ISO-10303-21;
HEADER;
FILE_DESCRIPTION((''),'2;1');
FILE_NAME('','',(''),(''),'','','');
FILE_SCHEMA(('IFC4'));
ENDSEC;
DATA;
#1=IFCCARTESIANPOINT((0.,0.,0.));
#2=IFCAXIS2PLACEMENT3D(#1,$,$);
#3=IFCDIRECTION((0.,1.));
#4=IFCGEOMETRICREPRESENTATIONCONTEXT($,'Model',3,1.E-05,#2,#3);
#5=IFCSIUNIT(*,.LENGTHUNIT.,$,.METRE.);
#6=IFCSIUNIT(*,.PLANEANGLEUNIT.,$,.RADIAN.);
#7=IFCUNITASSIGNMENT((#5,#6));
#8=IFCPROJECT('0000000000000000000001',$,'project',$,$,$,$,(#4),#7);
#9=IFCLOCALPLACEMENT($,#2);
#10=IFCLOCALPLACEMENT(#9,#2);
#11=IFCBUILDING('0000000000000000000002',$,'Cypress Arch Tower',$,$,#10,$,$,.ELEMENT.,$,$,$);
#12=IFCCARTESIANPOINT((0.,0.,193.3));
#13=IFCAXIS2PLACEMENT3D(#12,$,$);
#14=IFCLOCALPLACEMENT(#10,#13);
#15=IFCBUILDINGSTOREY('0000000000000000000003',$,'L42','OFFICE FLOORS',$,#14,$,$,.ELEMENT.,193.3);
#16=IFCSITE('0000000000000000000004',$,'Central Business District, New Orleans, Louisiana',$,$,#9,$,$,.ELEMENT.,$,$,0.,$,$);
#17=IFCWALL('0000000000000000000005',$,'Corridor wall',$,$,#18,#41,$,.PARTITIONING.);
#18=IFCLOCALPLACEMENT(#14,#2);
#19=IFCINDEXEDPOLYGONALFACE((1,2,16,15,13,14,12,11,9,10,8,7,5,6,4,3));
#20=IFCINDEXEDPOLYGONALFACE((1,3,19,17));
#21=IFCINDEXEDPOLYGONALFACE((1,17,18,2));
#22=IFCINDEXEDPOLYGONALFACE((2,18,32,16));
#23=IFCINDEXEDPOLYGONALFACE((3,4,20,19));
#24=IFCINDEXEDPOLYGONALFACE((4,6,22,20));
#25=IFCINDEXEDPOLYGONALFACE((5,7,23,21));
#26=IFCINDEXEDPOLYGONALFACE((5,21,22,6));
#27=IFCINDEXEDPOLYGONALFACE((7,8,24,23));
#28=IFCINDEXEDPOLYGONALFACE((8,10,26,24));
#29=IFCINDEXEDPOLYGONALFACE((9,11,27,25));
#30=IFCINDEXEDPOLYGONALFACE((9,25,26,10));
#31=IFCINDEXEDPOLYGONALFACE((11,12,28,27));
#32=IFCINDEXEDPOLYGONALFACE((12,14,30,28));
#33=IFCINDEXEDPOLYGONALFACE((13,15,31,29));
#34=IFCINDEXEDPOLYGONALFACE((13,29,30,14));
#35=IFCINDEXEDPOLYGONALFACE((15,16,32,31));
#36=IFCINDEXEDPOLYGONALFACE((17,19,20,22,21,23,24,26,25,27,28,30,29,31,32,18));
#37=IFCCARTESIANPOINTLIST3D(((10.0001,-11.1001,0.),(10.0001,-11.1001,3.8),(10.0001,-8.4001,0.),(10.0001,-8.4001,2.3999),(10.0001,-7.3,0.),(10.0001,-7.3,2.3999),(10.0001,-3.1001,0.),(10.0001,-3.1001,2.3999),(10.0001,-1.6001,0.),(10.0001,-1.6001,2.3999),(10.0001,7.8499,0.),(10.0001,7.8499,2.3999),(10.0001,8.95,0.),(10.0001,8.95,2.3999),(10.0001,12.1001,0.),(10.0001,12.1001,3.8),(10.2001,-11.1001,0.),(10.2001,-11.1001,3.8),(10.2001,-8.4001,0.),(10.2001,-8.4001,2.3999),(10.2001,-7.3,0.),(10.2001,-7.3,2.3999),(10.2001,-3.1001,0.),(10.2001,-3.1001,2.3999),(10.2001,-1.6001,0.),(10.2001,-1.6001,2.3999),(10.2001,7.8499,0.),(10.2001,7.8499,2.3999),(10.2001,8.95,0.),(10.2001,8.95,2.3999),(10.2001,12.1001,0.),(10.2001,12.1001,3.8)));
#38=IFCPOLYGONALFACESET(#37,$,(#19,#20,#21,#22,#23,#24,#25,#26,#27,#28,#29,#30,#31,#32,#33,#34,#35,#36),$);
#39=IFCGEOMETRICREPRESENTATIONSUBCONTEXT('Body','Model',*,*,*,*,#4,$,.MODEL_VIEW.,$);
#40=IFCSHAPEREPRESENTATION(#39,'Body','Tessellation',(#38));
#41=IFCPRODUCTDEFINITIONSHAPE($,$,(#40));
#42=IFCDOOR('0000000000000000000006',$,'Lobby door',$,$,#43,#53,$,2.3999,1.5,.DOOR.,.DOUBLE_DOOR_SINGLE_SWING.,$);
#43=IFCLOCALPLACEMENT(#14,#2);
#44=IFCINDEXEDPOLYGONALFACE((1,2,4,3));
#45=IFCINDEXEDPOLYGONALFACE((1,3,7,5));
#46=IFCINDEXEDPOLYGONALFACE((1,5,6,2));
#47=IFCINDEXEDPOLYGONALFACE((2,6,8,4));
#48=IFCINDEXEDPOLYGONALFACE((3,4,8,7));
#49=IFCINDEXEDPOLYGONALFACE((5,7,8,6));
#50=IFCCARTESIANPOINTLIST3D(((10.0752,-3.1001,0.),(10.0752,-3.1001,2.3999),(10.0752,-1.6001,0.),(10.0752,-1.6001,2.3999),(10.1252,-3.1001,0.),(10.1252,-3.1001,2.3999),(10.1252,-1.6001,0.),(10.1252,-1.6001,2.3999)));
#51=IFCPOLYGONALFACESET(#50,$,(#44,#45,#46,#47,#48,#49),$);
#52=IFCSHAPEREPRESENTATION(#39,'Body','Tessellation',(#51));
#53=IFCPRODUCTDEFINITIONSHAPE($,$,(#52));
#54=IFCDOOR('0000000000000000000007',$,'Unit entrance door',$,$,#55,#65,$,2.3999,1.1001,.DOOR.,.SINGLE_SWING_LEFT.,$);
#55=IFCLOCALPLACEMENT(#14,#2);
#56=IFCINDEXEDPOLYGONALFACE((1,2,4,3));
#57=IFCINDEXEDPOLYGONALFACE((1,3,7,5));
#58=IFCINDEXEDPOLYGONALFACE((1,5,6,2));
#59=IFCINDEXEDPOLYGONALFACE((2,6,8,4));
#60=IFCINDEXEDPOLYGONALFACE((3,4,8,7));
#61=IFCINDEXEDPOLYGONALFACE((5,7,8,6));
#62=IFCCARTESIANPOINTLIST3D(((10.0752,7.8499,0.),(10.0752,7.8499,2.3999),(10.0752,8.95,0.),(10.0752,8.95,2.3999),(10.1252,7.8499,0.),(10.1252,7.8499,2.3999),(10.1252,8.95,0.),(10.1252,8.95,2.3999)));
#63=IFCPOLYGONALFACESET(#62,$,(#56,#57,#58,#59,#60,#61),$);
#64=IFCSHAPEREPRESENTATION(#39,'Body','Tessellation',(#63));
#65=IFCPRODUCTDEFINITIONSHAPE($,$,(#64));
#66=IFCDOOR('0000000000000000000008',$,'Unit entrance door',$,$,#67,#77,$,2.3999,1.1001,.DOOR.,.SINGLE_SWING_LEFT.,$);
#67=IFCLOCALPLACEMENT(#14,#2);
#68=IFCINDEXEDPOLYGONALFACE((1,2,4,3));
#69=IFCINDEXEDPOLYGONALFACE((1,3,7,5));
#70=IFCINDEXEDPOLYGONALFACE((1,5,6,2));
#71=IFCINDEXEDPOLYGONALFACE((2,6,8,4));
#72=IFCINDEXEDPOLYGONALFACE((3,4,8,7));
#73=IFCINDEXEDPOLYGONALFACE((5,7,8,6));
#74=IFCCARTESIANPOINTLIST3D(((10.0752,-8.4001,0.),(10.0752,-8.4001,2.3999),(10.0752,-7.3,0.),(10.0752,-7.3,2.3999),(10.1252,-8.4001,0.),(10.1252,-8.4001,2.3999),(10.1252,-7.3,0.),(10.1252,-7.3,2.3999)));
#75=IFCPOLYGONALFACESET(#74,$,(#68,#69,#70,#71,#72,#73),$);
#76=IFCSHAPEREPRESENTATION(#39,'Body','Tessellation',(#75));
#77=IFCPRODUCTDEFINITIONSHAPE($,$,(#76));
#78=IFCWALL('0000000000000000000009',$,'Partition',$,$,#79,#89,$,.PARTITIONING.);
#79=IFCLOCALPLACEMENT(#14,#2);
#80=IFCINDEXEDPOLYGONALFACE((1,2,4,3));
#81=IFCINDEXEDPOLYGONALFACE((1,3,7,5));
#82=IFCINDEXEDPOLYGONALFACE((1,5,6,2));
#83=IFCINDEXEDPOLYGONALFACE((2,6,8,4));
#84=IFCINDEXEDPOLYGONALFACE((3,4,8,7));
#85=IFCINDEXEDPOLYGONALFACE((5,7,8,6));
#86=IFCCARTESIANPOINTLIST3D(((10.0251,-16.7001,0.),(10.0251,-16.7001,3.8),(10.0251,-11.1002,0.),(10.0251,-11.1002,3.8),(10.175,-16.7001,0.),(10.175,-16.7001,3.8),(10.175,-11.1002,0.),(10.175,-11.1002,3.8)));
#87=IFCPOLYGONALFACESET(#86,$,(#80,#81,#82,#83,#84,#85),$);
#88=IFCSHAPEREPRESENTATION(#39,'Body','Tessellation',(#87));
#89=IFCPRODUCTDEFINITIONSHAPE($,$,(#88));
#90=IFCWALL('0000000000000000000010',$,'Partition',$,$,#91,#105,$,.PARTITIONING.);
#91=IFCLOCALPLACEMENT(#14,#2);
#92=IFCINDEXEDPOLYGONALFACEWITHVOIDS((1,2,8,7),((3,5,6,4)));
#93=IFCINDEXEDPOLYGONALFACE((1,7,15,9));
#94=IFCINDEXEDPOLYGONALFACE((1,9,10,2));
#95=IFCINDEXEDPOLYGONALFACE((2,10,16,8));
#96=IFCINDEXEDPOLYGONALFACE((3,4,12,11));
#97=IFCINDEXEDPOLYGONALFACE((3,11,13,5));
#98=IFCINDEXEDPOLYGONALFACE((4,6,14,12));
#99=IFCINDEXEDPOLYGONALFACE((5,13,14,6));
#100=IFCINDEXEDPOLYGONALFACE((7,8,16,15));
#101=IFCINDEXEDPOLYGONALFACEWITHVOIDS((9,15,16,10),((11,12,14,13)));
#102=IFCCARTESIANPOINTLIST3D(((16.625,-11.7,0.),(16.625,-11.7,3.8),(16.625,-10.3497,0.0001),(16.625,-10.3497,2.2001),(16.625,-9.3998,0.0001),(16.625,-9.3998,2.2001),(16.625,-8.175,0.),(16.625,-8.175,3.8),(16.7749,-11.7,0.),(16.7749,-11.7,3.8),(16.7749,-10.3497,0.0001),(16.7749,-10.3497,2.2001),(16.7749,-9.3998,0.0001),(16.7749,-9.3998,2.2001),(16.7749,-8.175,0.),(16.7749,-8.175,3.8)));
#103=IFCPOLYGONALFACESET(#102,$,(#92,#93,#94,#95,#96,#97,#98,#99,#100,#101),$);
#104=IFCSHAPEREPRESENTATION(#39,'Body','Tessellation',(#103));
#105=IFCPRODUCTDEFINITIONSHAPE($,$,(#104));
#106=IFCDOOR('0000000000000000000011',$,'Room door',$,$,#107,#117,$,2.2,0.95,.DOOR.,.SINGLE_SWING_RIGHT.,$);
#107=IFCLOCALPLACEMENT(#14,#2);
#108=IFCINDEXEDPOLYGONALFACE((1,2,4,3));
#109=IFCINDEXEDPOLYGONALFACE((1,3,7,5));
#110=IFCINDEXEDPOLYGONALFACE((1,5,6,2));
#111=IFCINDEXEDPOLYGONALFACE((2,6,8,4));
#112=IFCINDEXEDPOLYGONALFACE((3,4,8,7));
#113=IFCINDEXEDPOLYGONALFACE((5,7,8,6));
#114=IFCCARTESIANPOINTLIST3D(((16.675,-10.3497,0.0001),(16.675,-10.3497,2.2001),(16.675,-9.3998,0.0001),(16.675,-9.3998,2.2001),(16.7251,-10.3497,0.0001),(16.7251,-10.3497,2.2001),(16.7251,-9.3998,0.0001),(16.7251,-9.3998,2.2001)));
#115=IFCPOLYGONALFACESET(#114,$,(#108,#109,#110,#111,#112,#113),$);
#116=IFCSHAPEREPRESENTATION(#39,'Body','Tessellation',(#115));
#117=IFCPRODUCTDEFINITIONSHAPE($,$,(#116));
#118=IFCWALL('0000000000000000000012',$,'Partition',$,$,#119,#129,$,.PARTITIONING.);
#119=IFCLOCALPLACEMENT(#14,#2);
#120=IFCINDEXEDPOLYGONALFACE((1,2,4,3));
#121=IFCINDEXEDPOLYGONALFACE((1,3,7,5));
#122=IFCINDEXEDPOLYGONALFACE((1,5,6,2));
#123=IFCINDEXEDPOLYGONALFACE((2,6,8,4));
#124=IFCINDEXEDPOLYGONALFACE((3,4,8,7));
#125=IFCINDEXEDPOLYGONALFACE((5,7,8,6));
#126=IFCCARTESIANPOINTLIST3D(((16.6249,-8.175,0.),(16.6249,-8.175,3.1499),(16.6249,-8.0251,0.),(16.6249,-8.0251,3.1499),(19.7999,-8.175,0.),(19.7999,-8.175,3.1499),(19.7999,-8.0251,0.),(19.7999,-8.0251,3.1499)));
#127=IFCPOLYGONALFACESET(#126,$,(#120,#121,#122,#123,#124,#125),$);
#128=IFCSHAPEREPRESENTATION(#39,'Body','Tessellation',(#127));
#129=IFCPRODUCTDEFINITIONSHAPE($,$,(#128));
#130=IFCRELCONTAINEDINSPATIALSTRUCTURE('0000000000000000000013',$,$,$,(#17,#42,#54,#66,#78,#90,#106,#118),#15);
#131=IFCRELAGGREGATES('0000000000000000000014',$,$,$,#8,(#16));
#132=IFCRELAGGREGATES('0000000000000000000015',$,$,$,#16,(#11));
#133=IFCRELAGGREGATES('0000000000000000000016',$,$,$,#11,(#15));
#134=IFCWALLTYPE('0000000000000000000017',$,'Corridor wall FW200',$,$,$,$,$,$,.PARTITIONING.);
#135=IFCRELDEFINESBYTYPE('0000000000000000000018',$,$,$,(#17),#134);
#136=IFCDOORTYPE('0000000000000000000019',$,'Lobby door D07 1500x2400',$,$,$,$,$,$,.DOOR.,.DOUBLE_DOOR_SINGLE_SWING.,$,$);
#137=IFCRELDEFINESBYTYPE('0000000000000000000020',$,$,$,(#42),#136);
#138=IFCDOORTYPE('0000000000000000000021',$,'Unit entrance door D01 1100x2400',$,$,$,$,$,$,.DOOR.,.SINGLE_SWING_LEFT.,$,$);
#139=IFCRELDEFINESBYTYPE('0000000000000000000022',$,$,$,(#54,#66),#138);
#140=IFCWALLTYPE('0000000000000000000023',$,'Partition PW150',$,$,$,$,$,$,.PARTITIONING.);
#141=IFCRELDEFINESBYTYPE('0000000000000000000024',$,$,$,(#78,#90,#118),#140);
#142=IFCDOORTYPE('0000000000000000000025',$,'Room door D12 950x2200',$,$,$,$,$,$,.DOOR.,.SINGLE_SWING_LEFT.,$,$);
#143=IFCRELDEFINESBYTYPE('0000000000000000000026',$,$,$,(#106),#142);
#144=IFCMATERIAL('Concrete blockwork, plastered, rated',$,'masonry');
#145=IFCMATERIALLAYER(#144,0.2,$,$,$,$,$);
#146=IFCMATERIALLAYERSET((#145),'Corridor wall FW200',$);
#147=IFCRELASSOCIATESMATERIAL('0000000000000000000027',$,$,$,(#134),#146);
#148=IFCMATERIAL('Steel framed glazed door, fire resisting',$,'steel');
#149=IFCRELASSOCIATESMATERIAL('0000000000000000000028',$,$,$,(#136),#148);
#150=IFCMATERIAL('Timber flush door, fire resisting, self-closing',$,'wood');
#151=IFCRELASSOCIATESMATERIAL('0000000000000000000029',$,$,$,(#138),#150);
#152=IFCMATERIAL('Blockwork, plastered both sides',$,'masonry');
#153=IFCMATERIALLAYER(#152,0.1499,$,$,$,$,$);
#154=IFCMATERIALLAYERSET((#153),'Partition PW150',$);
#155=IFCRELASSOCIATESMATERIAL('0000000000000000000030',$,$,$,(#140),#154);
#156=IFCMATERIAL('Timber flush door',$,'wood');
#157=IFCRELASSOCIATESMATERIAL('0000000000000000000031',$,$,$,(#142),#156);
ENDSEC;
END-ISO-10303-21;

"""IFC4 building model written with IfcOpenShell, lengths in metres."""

from ifc_helpers import new_model, si_unit, direction, frame, frame_2d, origin, place, context, subcontext, project, spatial, rectangle, extrude, material, layer, layer_set, type_object, element, fill, save


model = new_model("IFC4")

# Units and contexts
model_context = context("Model", 3, precision=1e-05, world=origin(), true_north=direction((0.0, 1.0)))
body_context = subcontext(model_context, "Body", "Model", "MODEL_VIEW")
ifc_project = project(units=[si_unit("LENGTHUNIT", "METRE"), si_unit("PLANEANGLEUNIT", "RADIAN")], contexts=[model_context])

# Site, building, storey
site_placement = place(None, origin())
site = spatial("IfcSite", under=ifc_project, at=site_placement, Name="Central Business District, New Orleans, Louisiana", CompositionType="ELEMENT", RefElevation=0.0)
building_placement = place(site_placement, origin())
building = spatial("IfcBuilding", under=site, at=building_placement, Name="Cypress Arch Tower", CompositionType="ELEMENT")
storey_placement = place(building_placement, frame((0.0, 0.0, 193.3)))
storey = spatial("IfcBuildingStorey", under=building, at=storey_placement, Name="L42", Description="OFFICE FLOORS", CompositionType="ELEMENT", Elevation=193.3)

# Wall, openings, doors
ifc_material_1 = material(Name="Concrete blockwork, plastered, rated", Category="masonry")
ifc_layer_1 = layer(ifc_material_1, 0.2)
ifc_layer_set_1 = layer_set([ifc_layer_1], Name="Corridor wall FW200")
wall_type_1 = type_object("IfcWallType", Name="Corridor wall FW200", PredefinedType="PARTITIONING", material=ifc_layer_set_1)
wall_1_placement = place(storey_placement, frame((10.1001, -11.1001, 0.0), z_axis=(0.0, 0.0, 1.0), x_axis=(0.0, 1.0, 0.0)))
wall_1 = element("IfcWall", 1, at=wall_1_placement, inside=storey, type_object=wall_type_1, Name="Corridor wall", PredefinedType="PARTITIONING", context=body_context, shape_type="SweptSolid", body=[
    extrude(rectangle(XDim=23.2002, YDim=0.2, at=frame_2d((11.6001, 0.0))), origin(), (0.0, 0.0, 1.0), 3.8),
])
opening_1_placement = place(wall_1_placement, frame((8.0, 0.0, 0.0)))
opening_1 = element("IfcOpeningElement", 2, at=opening_1_placement, cuts=wall_1, PredefinedType="OPENING", context=body_context, shape_type="SweptSolid", body=[
    extrude(rectangle(XDim=1.5, YDim=2.3999, at=frame_2d((0.75, 1.2))), frame((0.0, 0.1099, 0.0), z_axis=(0.0, -1.0, 0.0), x_axis=(1.0, 0.0, 0.0)), (0.0, 0.0, 1.0), 0.22),
])
opening_2_placement = place(wall_1_placement, frame((18.95, 0.0, 0.0)))
opening_2 = element("IfcOpeningElement", 3, at=opening_2_placement, cuts=wall_1, PredefinedType="OPENING", context=body_context, shape_type="SweptSolid", body=[
    extrude(rectangle(XDim=1.1001, YDim=2.3999, at=frame_2d((0.55, 1.2))), frame((0.0, 0.1099, 0.0), z_axis=(0.0, -1.0, 0.0), x_axis=(1.0, 0.0, 0.0)), (0.0, 0.0, 1.0), 0.22),
])
opening_3_placement = place(wall_1_placement, frame((2.7, 0.0, 0.0)))
opening_3 = element("IfcOpeningElement", 4, at=opening_3_placement, cuts=wall_1, PredefinedType="OPENING", context=body_context, shape_type="SweptSolid", body=[
    extrude(rectangle(XDim=1.1001, YDim=2.3999, at=frame_2d((0.55, 1.2))), frame((0.0, 0.1099, 0.0), z_axis=(0.0, -1.0, 0.0), x_axis=(1.0, 0.0, 0.0)), (0.0, 0.0, 1.0), 0.22),
])
ifc_material_2 = material(Name="Steel framed glazed door, fire resisting", Category="steel")
door_type_1 = type_object("IfcDoorType", Name="Lobby door D07 1500x2400", OperationType="DOUBLE_DOOR_SINGLE_SWING", PredefinedType="DOOR", material=ifc_material_2)
door_1_placement = place(opening_1_placement, origin())
door_1 = element("IfcDoor", 5, at=door_1_placement, inside=storey, type_object=door_type_1, Name="Lobby door", OperationType="DOUBLE_DOOR_SINGLE_SWING", OverallHeight=2.3999, OverallWidth=1.5, PredefinedType="DOOR", context=body_context, shape_type="SweptSolid", body=[
    extrude(rectangle(XDim=1.5, YDim=2.3999, at=frame_2d((0.75, 1.2))), frame((0.0, 0.0249, 0.0), z_axis=(0.0, -1.0, 0.0), x_axis=(1.0, 0.0, 0.0)), (0.0, 0.0, 1.0), 0.05),
])
fill(opening_1, door_1)
ifc_material_3 = material(Name="Timber flush door, fire resisting, self-closing", Category="wood")
door_type_2 = type_object("IfcDoorType", Name="Unit entrance door D01 1100x2400", OperationType="SINGLE_SWING_LEFT", PredefinedType="DOOR", material=ifc_material_3)
door_2_placement = place(opening_2_placement, origin())
door_2 = element("IfcDoor", 6, at=door_2_placement, inside=storey, type_object=door_type_2, Name="Unit entrance door", OperationType="SINGLE_SWING_LEFT", OverallHeight=2.3999, OverallWidth=1.1001, PredefinedType="DOOR", context=body_context, shape_type="SweptSolid", body=[
    extrude(rectangle(XDim=1.1001, YDim=2.3999, at=frame_2d((0.55, 1.2))), frame((0.0, 0.0249, 0.0), z_axis=(0.0, -1.0, 0.0), x_axis=(1.0, 0.0, 0.0)), (0.0, 0.0, 1.0), 0.05),
])
fill(opening_2, door_2)
door_3_placement = place(opening_3_placement, origin())
door_3 = element("IfcDoor", 7, at=door_3_placement, inside=storey, type_object=door_type_2, Name="Unit entrance door", OperationType="SINGLE_SWING_LEFT", OverallHeight=2.3999, OverallWidth=1.1001, PredefinedType="DOOR", context=body_context, shape_type="SweptSolid", body=[
    extrude(rectangle(XDim=1.1001, YDim=2.3999, at=frame_2d((0.55, 1.2))), frame((0.0, 0.0249, 0.0), z_axis=(0.0, -1.0, 0.0), x_axis=(1.0, 0.0, 0.0)), (0.0, 0.0, 1.0), 0.05),
])
fill(opening_3, door_3)

# Wall
ifc_material_4 = material(Name="Blockwork, plastered both sides", Category="masonry")
ifc_layer_2 = layer(ifc_material_4, 0.1499)
ifc_layer_set_2 = layer_set([ifc_layer_2], Name="Partition PW150")
wall_type_2 = type_object("IfcWallType", Name="Partition PW150", PredefinedType="PARTITIONING", material=ifc_layer_set_2)
wall_2_placement = place(storey_placement, frame((10.1001, -16.7, 0.0), z_axis=(0.0, 0.0, 1.0), x_axis=(0.0, 1.0, 0.0)))
element("IfcWall", 8, at=wall_2_placement, inside=storey, type_object=wall_type_2, Name="Partition", PredefinedType="PARTITIONING", context=body_context, shape_type="SweptSolid", body=[
    extrude(rectangle(XDim=5.5999, YDim=0.1499, at=frame_2d((2.7998, 0.0))), origin(), (0.0, 0.0, 1.0), 3.8),
])

# Wall, opening, door
wall_3_placement = place(storey_placement, frame((16.7, -11.7, 0.0), z_axis=(0.0, 0.0, 1.0), x_axis=(0.0, 1.0, 0.0)))
wall_3 = element("IfcWall", 9, at=wall_3_placement, inside=storey, type_object=wall_type_2, Name="Partition", PredefinedType="PARTITIONING", context=body_context, shape_type="SweptSolid", body=[
    extrude(rectangle(XDim=3.5249, YDim=0.1499, at=frame_2d((1.7625, 0.0))), origin(), (0.0, 0.0, 1.0), 3.8),
])
opening_4_placement = place(wall_3_placement, frame((1.3501, 0.0, 0.0)))
opening_4 = element("IfcOpeningElement", 10, at=opening_4_placement, cuts=wall_3, PredefinedType="OPENING", context=body_context, shape_type="SweptSolid", body=[
    extrude(rectangle(XDim=0.95, YDim=2.2, at=frame_2d((0.4751, 1.1001))), frame((0.0, 0.085, 0.0), z_axis=(0.0, -1.0, 0.0), x_axis=(1.0, 0.0, 0.0)), (0.0, 0.0, 1.0), 0.1699),
])
ifc_material_5 = material(Name="Timber flush door", Category="wood")
door_type_3 = type_object("IfcDoorType", Name="Room door D12 950x2200", OperationType="SINGLE_SWING_LEFT", PredefinedType="DOOR", material=ifc_material_5)
door_4_placement = place(opening_4_placement, origin())
door_4 = element("IfcDoor", 11, at=door_4_placement, inside=storey, type_object=door_type_3, Name="Room door", OperationType="SINGLE_SWING_RIGHT", OverallHeight=2.2, OverallWidth=0.95, PredefinedType="DOOR", context=body_context, shape_type="SweptSolid", body=[
    extrude(rectangle(XDim=0.95, YDim=2.2, at=frame_2d((0.4751, 1.1001))), frame((0.0, 0.0249, 0.0), z_axis=(0.0, -1.0, 0.0), x_axis=(1.0, 0.0, 0.0)), (0.0, 0.0, 1.0), 0.05),
])
fill(opening_4, door_4)

# Wall
wall_4_placement = place(storey_placement, frame((16.625, -8.1001, 0.0), z_axis=(0.0, 0.0, 1.0), x_axis=(1.0, 0.0, 0.0)))
element("IfcWall", 12, at=wall_4_placement, inside=storey, type_object=wall_type_2, Name="Partition", PredefinedType="PARTITIONING", context=body_context, shape_type="SweptSolid", body=[
    extrude(rectangle(XDim=3.175, YDim=0.1499, at=frame_2d((1.5874, 0.0))), origin(), (0.0, 0.0, 1.0), 3.1499),
])

save(model, "model.ifc")
